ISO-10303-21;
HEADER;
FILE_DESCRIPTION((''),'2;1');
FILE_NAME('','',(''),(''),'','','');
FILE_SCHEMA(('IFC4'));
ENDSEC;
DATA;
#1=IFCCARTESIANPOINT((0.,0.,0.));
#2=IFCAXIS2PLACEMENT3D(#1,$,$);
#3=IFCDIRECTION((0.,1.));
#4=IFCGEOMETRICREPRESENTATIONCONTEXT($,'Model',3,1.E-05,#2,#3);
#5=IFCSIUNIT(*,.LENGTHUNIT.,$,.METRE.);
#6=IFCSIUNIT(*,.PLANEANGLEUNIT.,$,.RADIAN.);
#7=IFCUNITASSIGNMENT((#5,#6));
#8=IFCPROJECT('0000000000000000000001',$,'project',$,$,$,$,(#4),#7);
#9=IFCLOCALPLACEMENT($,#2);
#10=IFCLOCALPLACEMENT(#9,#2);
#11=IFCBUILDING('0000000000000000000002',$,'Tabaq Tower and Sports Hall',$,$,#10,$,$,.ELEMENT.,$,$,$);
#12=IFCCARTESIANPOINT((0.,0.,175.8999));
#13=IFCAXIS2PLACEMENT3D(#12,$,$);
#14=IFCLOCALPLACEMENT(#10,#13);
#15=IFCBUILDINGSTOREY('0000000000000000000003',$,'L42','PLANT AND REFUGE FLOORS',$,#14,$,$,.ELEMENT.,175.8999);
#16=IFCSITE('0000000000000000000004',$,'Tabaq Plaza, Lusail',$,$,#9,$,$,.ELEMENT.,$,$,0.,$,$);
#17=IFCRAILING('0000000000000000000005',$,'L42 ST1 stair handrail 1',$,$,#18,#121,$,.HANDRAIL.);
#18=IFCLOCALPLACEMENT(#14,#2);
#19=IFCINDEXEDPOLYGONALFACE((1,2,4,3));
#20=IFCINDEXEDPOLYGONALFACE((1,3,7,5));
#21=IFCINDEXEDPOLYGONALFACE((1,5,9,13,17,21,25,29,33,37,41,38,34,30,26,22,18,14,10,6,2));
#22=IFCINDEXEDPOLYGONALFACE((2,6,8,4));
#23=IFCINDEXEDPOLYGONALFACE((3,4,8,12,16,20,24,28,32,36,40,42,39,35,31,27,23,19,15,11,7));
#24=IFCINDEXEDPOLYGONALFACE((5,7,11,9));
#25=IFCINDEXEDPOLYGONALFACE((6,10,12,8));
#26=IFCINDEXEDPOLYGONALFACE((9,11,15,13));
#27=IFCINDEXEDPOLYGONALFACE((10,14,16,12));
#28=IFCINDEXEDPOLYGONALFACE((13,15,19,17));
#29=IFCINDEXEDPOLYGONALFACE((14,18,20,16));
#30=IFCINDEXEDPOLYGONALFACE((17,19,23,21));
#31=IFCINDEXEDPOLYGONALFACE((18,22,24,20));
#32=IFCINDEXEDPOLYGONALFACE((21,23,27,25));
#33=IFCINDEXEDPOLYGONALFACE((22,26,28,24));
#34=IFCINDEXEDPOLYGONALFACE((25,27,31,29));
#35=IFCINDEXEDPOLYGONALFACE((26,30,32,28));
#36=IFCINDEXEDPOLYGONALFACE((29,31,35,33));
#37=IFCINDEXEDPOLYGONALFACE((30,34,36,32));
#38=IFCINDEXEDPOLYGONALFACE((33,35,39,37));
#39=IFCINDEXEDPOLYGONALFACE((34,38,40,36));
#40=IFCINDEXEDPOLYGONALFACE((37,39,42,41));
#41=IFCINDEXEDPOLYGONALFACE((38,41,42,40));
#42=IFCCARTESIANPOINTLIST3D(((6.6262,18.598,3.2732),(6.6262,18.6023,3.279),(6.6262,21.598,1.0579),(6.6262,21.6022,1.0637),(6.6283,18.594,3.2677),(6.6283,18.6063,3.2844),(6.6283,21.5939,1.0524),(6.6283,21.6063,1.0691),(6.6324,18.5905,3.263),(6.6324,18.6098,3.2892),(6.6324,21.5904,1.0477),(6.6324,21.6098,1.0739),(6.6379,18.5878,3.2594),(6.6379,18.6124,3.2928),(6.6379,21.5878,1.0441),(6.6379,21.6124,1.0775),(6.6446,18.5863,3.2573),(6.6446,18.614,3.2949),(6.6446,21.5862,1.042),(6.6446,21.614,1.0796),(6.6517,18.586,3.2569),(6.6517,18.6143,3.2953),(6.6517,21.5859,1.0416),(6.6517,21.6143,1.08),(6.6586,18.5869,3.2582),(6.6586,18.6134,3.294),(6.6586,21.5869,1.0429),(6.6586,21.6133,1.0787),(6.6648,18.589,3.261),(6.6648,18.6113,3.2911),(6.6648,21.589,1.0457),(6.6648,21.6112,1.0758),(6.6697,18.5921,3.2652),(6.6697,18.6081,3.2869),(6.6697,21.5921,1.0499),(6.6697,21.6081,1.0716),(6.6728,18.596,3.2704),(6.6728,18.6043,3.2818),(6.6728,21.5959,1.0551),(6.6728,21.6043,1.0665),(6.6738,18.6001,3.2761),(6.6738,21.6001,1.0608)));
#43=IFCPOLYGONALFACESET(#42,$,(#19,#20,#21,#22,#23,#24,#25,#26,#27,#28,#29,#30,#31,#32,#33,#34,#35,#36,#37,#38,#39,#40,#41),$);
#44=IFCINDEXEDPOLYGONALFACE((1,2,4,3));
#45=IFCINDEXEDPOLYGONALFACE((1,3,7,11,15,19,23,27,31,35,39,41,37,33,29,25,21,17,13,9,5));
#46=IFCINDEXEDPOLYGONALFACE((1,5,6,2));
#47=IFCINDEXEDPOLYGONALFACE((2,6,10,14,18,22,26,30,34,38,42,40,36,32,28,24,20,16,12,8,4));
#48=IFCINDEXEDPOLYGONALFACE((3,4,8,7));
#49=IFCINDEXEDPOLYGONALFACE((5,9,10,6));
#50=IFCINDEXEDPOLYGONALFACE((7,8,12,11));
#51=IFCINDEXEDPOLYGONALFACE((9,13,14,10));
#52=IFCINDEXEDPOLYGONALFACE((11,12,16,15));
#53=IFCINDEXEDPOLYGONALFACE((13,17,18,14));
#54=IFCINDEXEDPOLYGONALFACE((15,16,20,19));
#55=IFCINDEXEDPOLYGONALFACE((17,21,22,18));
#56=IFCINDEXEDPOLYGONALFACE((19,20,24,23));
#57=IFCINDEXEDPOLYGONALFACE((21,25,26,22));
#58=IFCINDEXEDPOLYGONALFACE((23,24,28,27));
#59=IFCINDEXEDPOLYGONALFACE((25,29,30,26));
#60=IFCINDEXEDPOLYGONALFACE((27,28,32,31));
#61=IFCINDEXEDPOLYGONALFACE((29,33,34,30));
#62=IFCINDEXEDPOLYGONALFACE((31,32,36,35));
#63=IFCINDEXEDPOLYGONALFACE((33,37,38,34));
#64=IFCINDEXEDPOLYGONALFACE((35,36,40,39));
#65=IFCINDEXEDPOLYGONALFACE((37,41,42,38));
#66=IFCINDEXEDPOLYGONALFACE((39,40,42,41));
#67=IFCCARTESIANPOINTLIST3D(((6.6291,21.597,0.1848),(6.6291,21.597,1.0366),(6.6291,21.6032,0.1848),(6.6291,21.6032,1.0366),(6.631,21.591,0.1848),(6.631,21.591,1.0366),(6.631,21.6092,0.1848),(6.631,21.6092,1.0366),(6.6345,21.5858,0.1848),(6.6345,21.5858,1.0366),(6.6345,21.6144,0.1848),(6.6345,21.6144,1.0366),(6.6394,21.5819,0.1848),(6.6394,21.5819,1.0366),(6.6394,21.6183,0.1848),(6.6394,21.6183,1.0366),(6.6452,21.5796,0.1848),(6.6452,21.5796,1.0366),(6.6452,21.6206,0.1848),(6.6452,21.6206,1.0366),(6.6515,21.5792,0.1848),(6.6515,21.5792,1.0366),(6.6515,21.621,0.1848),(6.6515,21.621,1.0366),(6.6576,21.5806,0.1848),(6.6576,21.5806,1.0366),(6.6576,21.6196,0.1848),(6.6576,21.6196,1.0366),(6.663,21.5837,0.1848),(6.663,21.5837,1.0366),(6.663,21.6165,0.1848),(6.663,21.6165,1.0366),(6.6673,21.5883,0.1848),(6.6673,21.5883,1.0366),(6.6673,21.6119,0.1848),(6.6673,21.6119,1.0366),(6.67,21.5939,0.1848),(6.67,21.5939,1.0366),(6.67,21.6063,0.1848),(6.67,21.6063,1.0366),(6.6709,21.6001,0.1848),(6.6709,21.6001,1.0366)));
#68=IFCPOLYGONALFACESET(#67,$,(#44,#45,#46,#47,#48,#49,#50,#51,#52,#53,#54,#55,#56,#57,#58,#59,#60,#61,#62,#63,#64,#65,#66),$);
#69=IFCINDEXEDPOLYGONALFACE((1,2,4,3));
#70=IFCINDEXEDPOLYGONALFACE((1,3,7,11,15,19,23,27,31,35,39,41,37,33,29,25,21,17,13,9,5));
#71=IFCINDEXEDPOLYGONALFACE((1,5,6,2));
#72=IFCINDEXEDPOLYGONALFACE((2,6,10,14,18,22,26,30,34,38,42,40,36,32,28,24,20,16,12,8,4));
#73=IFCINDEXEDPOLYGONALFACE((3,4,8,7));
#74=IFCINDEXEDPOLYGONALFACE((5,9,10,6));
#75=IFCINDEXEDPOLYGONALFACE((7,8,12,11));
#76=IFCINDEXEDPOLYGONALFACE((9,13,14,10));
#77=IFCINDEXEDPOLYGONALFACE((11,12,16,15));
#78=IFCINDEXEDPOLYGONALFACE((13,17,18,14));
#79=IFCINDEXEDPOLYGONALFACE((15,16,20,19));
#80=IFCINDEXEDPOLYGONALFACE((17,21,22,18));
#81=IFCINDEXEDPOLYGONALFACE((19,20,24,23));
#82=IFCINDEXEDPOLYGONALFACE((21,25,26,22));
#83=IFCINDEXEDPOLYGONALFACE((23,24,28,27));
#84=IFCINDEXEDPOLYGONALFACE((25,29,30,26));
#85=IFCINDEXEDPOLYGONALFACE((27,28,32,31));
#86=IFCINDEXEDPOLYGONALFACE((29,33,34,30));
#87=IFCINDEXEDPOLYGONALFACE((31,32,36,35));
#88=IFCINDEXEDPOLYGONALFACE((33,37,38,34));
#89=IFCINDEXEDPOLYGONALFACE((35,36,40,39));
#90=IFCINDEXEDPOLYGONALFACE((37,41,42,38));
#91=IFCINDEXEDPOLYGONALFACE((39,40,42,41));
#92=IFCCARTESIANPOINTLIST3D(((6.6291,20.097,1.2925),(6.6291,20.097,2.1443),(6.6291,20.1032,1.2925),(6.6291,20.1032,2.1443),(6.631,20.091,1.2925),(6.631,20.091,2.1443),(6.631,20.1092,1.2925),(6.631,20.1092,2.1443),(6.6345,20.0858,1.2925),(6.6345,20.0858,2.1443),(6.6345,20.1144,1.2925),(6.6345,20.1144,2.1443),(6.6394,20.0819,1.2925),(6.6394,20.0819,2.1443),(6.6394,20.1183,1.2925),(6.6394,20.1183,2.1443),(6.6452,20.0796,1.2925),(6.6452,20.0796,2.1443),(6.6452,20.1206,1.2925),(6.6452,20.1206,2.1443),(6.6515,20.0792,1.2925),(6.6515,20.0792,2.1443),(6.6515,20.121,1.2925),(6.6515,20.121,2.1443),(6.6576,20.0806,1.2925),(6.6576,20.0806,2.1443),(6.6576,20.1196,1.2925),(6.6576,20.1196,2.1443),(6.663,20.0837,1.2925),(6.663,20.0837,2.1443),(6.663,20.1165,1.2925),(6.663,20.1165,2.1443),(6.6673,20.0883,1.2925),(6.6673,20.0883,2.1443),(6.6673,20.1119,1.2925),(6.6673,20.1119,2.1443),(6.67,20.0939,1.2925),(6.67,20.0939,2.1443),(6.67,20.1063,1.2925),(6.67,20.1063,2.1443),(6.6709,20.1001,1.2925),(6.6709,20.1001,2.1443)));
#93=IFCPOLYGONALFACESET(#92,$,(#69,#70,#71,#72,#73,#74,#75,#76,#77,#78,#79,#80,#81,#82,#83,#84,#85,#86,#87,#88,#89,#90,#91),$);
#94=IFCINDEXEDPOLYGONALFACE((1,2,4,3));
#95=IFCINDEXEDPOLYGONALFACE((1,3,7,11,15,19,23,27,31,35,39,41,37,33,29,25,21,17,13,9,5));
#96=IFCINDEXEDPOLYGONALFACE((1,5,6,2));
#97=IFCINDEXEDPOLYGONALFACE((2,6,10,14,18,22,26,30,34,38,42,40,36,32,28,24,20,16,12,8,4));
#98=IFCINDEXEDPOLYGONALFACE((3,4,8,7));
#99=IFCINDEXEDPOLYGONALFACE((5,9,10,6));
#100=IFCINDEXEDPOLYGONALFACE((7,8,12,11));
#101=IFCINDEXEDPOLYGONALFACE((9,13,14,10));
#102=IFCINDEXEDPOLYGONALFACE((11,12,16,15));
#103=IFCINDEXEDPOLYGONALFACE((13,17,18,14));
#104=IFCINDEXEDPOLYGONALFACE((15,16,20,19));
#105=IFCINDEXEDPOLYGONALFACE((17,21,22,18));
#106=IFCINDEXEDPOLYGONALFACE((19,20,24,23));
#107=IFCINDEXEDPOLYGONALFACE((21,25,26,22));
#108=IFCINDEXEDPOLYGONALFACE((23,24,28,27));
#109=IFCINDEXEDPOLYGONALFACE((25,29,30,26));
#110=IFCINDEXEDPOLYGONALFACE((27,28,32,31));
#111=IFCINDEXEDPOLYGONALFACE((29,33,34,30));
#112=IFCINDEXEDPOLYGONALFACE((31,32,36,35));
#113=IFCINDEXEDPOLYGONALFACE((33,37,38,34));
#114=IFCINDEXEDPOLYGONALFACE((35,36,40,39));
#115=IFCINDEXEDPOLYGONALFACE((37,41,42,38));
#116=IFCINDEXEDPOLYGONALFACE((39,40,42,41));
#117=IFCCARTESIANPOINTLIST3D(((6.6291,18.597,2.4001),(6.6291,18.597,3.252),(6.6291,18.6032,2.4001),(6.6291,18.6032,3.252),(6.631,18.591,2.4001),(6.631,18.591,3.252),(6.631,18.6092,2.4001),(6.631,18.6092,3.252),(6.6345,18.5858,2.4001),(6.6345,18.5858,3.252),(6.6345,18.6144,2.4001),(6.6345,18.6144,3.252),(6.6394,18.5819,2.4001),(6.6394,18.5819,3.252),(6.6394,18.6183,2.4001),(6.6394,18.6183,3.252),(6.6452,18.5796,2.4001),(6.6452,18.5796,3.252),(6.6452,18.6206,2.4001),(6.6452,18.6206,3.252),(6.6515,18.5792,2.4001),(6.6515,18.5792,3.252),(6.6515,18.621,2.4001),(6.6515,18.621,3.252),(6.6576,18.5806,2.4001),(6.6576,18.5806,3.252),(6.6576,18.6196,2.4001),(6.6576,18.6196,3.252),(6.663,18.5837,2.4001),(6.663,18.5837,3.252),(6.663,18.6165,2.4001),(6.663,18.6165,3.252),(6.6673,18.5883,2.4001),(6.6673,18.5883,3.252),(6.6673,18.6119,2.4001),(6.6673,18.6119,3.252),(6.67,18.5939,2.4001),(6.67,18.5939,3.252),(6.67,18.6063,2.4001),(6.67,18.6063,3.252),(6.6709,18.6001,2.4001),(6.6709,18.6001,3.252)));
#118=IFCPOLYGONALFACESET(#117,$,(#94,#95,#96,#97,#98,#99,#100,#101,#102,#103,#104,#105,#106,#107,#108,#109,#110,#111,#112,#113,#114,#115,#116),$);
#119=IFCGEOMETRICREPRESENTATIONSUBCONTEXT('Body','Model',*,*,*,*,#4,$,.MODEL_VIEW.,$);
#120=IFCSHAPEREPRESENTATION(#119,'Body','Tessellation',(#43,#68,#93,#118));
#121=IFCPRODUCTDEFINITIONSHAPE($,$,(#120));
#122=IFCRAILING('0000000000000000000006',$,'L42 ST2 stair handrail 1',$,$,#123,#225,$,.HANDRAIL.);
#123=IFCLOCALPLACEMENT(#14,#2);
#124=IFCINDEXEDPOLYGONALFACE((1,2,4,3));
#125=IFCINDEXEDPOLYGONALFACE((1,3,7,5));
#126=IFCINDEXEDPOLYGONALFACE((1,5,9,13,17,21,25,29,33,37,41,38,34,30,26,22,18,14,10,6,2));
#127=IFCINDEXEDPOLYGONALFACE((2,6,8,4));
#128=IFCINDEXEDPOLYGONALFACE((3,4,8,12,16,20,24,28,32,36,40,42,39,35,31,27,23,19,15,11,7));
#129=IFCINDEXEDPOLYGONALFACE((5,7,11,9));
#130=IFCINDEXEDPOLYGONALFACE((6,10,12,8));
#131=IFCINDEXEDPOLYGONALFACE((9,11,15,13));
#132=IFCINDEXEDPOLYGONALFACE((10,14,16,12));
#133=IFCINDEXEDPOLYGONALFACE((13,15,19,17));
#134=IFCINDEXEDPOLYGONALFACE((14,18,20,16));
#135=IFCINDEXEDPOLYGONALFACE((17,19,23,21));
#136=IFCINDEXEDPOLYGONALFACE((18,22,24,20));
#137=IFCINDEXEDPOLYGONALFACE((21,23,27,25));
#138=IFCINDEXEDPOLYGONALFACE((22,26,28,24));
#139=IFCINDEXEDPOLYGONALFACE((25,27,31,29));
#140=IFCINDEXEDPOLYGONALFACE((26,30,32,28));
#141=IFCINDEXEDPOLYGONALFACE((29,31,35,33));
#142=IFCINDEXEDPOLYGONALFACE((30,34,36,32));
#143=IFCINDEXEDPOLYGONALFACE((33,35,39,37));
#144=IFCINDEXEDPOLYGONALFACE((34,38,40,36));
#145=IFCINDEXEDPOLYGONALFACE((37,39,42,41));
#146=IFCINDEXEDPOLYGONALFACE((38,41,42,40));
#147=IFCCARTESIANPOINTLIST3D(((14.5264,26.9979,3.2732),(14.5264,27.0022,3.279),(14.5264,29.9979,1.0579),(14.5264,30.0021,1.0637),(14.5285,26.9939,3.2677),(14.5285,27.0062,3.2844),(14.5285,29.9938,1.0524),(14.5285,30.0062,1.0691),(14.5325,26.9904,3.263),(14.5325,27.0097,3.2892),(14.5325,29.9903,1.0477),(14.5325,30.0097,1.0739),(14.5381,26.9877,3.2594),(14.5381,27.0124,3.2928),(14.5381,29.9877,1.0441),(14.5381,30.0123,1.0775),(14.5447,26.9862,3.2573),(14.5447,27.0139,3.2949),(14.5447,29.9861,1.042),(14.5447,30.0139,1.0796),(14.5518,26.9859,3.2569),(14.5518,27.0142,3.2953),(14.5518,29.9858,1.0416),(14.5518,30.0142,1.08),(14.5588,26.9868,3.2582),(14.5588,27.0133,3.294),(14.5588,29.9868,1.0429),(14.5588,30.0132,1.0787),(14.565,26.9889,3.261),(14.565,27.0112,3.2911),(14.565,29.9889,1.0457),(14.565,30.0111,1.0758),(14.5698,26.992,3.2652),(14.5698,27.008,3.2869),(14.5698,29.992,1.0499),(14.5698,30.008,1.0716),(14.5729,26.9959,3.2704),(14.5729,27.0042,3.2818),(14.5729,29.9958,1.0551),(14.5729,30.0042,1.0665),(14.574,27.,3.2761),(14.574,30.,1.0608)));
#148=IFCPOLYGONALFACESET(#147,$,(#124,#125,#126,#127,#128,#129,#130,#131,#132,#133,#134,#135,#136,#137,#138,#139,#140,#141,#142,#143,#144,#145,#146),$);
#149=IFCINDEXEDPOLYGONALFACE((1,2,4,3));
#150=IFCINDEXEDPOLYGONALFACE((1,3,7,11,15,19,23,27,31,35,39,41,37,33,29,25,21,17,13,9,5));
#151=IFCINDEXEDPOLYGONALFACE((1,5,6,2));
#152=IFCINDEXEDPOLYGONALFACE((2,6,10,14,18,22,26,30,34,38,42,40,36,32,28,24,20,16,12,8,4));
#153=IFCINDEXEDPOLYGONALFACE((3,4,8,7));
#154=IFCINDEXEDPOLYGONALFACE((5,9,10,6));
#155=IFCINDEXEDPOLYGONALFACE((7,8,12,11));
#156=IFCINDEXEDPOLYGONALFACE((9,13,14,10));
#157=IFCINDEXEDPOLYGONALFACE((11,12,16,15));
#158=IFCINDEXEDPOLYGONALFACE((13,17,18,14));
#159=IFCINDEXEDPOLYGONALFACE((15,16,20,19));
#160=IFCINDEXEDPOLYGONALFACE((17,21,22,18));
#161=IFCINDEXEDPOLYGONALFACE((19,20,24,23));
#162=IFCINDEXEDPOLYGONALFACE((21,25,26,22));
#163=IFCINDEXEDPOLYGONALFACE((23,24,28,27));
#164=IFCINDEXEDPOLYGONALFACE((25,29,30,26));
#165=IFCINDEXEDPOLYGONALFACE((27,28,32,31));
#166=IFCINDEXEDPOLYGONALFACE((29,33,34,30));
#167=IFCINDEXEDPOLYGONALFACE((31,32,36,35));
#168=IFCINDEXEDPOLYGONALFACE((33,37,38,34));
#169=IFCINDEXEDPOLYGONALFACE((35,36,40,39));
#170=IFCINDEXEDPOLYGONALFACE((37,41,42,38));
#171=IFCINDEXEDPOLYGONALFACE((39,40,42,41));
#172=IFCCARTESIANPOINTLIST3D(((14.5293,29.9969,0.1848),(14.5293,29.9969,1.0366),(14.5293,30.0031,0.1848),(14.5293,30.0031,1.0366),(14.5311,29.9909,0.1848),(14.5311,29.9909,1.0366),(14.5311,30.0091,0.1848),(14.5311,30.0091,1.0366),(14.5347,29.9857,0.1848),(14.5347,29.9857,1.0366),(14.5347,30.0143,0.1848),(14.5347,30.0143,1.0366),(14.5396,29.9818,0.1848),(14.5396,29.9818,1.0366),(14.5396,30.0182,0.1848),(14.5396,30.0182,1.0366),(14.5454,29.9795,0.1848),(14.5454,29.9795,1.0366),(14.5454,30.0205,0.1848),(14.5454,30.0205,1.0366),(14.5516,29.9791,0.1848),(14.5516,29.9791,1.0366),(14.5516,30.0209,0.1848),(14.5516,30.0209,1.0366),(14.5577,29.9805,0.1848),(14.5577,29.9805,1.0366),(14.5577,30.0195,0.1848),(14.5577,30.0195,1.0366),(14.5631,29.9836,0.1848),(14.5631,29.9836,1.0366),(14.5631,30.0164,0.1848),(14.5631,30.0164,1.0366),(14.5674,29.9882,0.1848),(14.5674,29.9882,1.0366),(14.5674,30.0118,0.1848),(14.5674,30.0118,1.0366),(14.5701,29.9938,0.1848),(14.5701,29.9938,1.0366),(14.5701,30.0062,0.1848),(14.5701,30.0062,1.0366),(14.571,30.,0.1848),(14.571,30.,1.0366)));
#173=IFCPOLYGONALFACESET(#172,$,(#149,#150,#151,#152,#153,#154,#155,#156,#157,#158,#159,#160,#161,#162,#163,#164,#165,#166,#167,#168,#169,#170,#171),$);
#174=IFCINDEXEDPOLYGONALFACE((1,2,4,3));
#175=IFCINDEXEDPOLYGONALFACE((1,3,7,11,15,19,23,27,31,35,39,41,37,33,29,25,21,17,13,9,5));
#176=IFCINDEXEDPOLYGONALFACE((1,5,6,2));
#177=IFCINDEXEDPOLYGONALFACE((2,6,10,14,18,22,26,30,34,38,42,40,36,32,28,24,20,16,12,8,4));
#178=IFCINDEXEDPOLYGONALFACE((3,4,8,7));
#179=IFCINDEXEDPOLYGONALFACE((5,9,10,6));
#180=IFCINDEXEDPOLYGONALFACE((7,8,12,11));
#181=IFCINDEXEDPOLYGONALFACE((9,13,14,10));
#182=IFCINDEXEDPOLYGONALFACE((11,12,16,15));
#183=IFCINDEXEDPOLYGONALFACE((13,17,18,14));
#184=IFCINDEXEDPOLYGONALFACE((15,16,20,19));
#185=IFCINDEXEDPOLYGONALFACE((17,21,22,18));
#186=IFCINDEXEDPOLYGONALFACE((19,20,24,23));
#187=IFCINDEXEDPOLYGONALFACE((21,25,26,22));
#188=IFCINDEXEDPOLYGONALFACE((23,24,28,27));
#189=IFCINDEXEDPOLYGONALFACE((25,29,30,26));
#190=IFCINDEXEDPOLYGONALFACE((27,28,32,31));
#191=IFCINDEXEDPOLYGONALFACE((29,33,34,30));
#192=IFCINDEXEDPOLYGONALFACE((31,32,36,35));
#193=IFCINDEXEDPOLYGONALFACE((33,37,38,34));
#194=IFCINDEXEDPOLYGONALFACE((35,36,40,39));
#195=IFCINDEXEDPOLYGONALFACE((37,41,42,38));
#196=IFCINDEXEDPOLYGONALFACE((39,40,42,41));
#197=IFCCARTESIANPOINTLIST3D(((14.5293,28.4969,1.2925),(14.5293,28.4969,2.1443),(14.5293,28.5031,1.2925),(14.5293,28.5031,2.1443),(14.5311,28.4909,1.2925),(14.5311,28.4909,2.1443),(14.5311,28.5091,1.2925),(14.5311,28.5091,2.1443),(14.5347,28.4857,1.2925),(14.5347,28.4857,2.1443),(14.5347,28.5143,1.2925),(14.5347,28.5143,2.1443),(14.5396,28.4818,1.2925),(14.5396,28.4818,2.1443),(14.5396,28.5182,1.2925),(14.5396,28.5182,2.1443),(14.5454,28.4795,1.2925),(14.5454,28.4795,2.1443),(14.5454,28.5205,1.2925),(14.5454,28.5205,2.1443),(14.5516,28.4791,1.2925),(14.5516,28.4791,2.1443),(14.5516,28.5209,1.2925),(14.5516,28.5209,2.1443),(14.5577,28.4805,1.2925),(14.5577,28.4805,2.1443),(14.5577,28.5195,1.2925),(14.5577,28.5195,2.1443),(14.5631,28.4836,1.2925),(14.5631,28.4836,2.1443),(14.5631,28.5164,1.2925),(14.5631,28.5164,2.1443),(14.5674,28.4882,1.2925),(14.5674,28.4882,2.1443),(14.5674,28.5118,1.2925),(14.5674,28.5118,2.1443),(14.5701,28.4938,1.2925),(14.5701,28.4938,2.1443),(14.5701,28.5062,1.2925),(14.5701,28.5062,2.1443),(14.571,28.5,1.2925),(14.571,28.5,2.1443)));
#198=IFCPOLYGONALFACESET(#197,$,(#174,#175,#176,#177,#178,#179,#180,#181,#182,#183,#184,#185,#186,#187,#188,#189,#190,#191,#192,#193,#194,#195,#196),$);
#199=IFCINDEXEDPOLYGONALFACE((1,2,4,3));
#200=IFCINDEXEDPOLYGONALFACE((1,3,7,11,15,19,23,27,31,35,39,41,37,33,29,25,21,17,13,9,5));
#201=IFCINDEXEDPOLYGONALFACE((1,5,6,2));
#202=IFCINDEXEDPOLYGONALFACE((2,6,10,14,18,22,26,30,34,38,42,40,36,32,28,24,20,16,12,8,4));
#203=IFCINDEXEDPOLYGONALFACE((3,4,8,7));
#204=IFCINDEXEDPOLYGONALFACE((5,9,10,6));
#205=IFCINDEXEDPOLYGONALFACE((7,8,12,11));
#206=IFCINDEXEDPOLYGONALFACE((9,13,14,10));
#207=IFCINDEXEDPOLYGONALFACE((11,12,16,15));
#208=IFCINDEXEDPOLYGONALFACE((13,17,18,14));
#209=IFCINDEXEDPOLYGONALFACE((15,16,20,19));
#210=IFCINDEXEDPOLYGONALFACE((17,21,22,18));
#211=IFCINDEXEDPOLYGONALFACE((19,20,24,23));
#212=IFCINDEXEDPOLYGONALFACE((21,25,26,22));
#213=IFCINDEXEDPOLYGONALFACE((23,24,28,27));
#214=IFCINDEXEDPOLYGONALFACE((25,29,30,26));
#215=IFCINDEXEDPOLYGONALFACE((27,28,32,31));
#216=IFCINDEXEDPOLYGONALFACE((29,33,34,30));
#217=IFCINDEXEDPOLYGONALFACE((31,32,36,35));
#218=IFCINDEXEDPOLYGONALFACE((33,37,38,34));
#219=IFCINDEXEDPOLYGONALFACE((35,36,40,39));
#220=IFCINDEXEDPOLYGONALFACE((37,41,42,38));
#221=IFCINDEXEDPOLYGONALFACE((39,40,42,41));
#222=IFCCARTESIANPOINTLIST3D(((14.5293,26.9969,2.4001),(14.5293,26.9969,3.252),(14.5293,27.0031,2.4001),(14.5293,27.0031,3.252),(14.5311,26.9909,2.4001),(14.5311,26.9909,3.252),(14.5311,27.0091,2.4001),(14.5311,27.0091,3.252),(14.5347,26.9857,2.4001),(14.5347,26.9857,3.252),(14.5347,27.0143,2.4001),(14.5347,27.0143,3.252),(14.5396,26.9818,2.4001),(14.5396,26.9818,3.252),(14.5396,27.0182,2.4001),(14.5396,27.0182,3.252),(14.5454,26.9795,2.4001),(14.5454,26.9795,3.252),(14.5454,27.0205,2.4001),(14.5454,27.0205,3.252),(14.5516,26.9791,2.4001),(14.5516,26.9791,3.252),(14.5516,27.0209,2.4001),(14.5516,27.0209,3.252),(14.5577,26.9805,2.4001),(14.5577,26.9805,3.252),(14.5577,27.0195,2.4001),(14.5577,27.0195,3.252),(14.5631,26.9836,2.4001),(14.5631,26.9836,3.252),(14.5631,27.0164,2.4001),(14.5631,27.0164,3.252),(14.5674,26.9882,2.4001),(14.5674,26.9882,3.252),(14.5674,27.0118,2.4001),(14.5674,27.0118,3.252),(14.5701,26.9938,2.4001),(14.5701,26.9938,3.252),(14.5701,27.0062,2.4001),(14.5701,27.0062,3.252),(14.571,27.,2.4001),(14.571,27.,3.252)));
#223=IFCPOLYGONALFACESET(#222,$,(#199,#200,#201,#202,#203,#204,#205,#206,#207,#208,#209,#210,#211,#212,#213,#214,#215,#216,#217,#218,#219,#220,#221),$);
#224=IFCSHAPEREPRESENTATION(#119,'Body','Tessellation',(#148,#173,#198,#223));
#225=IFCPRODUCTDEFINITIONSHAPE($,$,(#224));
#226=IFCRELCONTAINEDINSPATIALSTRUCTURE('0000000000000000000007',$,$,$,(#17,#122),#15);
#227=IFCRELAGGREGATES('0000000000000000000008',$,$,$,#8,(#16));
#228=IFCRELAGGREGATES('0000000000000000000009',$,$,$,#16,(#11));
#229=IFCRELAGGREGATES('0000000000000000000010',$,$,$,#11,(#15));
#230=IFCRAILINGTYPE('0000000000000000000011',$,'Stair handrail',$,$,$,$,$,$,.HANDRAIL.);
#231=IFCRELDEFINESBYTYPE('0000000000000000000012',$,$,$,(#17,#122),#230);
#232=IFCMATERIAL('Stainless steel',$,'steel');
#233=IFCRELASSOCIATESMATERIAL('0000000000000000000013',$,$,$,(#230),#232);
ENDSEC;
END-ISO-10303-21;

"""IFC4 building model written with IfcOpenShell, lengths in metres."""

from ifc_helpers import new_model, si_unit, direction, frame, origin, origin_2d, place, context, subcontext, project, spatial, circle, extrude, material, type_object, element, save


model = new_model("IFC4")

# Units and contexts
model_context = context("Model", 3, precision=1e-05, world=origin(), true_north=direction((0.0, 1.0)))
body_context = subcontext(model_context, "Body", "Model", "MODEL_VIEW")
ifc_project = project(units=[si_unit("LENGTHUNIT", "METRE"), si_unit("PLANEANGLEUNIT", "RADIAN")], contexts=[model_context])

# Site, building, storey
site_placement = place(None, origin())
site = spatial("IfcSite", under=ifc_project, at=site_placement, Name="Tabaq Plaza, Lusail", CompositionType="ELEMENT", RefElevation=0.0)
building_placement = place(site_placement, origin())
building = spatial("IfcBuilding", under=site, at=building_placement, Name="Tabaq Tower and Sports Hall", CompositionType="ELEMENT")
storey_placement = place(building_placement, frame((0.0, 0.0, 175.8999)))
storey = spatial("IfcBuildingStorey", under=building, at=storey_placement, Name="L42", Description="PLANT AND REFUGE FLOORS", CompositionType="ELEMENT", Elevation=175.8999)

# Railings
ifc_material_1 = material(Name="Stainless steel", Category="steel")
railing_type_1 = type_object("IfcRailingType", Name="Stair handrail", PredefinedType="HANDRAIL", material=ifc_material_1)
for number, where, name in (
    (1, (6.6499, 21.6001, 0.1848), "L42 ST1 stair handrail 1"),
    (2, (14.55, 30.0, 0.1848), "L42 ST2 stair handrail 1"),
):
    element("IfcRailing", number, at=place(storey_placement, frame(where)), inside=storey, type_object=railing_type_1, Name=name, PredefinedType="HANDRAIL", context=body_context, shape_type="SweptSolid", body=[
        extrude(circle(Radius=0.0239, at=origin_2d()), frame((0.0, 0.0, 0.876), z_axis=(0.0, -0.80444, 0.594034), x_axis=(1.0, 0.0, 0.0)), (0.0, 0.0, 1.0), 3.7292),
        extrude(circle(Radius=0.021, at=origin_2d()), origin(), (0.0, 0.0, 1.0), 0.8518),
        extrude(circle(Radius=0.021, at=origin_2d()), frame((0.0, -1.5, 1.1077)), (0.0, 0.0, 1.0), 0.8518),
        extrude(circle(Radius=0.021, at=origin_2d()), frame((0.0, -3.0, 2.2153)), (0.0, 0.0, 1.0), 0.8518),
    ])

save(model, "model.ifc")
